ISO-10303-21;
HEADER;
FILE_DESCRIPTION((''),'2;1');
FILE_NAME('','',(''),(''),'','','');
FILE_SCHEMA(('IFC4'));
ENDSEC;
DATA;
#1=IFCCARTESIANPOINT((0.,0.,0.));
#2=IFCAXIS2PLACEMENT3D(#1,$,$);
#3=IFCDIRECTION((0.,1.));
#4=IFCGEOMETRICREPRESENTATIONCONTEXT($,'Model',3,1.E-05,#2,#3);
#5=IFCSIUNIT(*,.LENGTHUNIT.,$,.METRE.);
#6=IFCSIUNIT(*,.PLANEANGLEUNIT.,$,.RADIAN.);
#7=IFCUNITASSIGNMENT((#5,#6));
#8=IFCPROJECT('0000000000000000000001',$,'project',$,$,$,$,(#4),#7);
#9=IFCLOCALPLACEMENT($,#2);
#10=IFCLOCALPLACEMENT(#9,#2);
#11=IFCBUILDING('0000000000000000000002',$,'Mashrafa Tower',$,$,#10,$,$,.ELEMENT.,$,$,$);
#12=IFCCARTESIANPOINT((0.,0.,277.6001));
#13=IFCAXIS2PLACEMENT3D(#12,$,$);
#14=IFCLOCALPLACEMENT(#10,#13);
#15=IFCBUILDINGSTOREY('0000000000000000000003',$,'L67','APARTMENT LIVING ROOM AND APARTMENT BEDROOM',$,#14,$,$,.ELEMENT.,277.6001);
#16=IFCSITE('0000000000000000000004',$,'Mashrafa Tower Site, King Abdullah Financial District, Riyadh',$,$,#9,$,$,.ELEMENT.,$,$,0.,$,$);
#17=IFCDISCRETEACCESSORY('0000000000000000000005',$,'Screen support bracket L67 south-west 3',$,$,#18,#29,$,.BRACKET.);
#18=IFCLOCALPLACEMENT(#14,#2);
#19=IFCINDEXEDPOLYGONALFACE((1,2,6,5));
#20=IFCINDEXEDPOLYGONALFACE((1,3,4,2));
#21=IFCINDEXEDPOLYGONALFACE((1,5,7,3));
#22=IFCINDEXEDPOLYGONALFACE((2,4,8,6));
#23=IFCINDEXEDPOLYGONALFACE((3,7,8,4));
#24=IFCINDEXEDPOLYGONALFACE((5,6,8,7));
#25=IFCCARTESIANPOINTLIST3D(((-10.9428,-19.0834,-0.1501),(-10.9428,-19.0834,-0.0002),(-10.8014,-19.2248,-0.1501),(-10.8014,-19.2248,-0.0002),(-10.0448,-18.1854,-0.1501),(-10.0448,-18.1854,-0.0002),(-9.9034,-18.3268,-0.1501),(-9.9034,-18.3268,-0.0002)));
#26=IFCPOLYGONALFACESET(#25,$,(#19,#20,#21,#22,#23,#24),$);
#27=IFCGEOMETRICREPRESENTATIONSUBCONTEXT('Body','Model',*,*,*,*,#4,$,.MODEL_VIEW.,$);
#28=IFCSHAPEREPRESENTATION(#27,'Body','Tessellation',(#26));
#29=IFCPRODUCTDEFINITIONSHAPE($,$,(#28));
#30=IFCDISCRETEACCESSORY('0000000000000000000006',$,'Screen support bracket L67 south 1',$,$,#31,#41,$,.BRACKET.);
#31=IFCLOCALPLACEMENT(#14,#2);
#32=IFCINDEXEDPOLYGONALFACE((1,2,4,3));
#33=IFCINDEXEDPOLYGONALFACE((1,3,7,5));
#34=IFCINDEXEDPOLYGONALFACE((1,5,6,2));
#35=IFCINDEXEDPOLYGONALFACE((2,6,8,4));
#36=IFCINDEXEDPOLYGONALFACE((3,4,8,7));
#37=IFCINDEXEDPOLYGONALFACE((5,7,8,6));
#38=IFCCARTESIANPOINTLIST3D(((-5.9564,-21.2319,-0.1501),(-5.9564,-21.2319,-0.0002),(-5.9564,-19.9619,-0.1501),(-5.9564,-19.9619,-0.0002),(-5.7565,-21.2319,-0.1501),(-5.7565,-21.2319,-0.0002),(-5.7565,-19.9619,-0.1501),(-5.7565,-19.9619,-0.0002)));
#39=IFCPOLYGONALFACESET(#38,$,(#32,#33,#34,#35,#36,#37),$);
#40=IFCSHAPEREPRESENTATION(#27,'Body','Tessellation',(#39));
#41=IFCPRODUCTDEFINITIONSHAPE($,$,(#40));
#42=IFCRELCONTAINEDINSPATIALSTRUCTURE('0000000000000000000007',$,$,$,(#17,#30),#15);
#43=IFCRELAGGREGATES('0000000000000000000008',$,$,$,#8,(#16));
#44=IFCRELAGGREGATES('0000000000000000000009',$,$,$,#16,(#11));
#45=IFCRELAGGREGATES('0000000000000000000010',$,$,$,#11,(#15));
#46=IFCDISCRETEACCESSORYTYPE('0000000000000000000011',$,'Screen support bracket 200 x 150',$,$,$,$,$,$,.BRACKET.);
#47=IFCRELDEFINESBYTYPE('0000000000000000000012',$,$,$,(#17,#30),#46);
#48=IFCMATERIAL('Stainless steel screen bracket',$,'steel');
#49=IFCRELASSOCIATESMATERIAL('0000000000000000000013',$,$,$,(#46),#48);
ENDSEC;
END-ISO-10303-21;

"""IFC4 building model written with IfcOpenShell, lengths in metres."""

from ifc_helpers import new_model, si_unit, direction, frame, origin, origin_2d, place, context, subcontext, project, spatial, rectangle, extrude, source, transform, mapped, material, type_object, type_shapes, element, save


model = new_model("IFC4")

# Units and contexts
model_context = context("Model", 3, precision=1e-05, world=origin(), true_north=direction((0.0, 1.0)))
body_context = subcontext(model_context, "Body", "Model", "MODEL_VIEW")
ifc_project = project(units=[si_unit("LENGTHUNIT", "METRE"), si_unit("PLANEANGLEUNIT", "RADIAN")], contexts=[model_context])

# Site, building, storey
site_placement = place(None, origin())
site = spatial("IfcSite", under=ifc_project, at=site_placement, Name="Mashrafa Tower Site, King Abdullah Financial District, Riyadh", CompositionType="ELEMENT", RefElevation=0.0)
building_placement = place(site_placement, origin())
building = spatial("IfcBuilding", under=site, at=building_placement, Name="Mashrafa Tower", CompositionType="ELEMENT")
storey_placement = place(building_placement, frame((0.0, 0.0, 277.6001)))
storey = spatial("IfcBuildingStorey", under=building, at=storey_placement, Name="L67", Description="APARTMENT LIVING ROOM AND APARTMENT BEDROOM", CompositionType="ELEMENT", Elevation=277.6001)

# Discrete accessories
ifc_material_1 = material(Name="Stainless steel screen bracket", Category="steel")
discrete_accessory_type = type_object("IfcDiscreteAccessoryType", Name="Screen support bracket 200 x 150", PredefinedType="BRACKET", material=ifc_material_1)
shared_shape_1 = source(origin(), body_context, "Body", "SweptSolid", [
    extrude(rectangle(XDim=0.2, YDim=1.27, at=origin_2d()), origin(), (0.0, 0.0, 1.0), 0.1499),
])
type_shapes(discrete_accessory_type, [shared_shape_1])
for number, where, z_axis, x_axis, name in (
    (1, (-10.4231, -18.7051, -0.1501), (0.0, 0.0, 1.0), (0.707107, -0.707107, 0.0), "Screen support bracket L67 south-west 3"),
    (2, (-5.8564, -20.5969, -0.1501), (0.0, 0.0, 1.0), (1.0, 0.0, 0.0), "Screen support bracket L67 south 1"),
):
    element("IfcDiscreteAccessory", number, at=place(storey_placement, frame(where, z_axis=z_axis, x_axis=x_axis)), inside=storey, type_object=discrete_accessory_type, Name=name, PredefinedType="BRACKET", context=body_context, shape_type="MappedRepresentation", body=[
        mapped(shared_shape_1, transform((0.0, 0.0, 0.0))),
    ])

save(model, "model.ifc")
